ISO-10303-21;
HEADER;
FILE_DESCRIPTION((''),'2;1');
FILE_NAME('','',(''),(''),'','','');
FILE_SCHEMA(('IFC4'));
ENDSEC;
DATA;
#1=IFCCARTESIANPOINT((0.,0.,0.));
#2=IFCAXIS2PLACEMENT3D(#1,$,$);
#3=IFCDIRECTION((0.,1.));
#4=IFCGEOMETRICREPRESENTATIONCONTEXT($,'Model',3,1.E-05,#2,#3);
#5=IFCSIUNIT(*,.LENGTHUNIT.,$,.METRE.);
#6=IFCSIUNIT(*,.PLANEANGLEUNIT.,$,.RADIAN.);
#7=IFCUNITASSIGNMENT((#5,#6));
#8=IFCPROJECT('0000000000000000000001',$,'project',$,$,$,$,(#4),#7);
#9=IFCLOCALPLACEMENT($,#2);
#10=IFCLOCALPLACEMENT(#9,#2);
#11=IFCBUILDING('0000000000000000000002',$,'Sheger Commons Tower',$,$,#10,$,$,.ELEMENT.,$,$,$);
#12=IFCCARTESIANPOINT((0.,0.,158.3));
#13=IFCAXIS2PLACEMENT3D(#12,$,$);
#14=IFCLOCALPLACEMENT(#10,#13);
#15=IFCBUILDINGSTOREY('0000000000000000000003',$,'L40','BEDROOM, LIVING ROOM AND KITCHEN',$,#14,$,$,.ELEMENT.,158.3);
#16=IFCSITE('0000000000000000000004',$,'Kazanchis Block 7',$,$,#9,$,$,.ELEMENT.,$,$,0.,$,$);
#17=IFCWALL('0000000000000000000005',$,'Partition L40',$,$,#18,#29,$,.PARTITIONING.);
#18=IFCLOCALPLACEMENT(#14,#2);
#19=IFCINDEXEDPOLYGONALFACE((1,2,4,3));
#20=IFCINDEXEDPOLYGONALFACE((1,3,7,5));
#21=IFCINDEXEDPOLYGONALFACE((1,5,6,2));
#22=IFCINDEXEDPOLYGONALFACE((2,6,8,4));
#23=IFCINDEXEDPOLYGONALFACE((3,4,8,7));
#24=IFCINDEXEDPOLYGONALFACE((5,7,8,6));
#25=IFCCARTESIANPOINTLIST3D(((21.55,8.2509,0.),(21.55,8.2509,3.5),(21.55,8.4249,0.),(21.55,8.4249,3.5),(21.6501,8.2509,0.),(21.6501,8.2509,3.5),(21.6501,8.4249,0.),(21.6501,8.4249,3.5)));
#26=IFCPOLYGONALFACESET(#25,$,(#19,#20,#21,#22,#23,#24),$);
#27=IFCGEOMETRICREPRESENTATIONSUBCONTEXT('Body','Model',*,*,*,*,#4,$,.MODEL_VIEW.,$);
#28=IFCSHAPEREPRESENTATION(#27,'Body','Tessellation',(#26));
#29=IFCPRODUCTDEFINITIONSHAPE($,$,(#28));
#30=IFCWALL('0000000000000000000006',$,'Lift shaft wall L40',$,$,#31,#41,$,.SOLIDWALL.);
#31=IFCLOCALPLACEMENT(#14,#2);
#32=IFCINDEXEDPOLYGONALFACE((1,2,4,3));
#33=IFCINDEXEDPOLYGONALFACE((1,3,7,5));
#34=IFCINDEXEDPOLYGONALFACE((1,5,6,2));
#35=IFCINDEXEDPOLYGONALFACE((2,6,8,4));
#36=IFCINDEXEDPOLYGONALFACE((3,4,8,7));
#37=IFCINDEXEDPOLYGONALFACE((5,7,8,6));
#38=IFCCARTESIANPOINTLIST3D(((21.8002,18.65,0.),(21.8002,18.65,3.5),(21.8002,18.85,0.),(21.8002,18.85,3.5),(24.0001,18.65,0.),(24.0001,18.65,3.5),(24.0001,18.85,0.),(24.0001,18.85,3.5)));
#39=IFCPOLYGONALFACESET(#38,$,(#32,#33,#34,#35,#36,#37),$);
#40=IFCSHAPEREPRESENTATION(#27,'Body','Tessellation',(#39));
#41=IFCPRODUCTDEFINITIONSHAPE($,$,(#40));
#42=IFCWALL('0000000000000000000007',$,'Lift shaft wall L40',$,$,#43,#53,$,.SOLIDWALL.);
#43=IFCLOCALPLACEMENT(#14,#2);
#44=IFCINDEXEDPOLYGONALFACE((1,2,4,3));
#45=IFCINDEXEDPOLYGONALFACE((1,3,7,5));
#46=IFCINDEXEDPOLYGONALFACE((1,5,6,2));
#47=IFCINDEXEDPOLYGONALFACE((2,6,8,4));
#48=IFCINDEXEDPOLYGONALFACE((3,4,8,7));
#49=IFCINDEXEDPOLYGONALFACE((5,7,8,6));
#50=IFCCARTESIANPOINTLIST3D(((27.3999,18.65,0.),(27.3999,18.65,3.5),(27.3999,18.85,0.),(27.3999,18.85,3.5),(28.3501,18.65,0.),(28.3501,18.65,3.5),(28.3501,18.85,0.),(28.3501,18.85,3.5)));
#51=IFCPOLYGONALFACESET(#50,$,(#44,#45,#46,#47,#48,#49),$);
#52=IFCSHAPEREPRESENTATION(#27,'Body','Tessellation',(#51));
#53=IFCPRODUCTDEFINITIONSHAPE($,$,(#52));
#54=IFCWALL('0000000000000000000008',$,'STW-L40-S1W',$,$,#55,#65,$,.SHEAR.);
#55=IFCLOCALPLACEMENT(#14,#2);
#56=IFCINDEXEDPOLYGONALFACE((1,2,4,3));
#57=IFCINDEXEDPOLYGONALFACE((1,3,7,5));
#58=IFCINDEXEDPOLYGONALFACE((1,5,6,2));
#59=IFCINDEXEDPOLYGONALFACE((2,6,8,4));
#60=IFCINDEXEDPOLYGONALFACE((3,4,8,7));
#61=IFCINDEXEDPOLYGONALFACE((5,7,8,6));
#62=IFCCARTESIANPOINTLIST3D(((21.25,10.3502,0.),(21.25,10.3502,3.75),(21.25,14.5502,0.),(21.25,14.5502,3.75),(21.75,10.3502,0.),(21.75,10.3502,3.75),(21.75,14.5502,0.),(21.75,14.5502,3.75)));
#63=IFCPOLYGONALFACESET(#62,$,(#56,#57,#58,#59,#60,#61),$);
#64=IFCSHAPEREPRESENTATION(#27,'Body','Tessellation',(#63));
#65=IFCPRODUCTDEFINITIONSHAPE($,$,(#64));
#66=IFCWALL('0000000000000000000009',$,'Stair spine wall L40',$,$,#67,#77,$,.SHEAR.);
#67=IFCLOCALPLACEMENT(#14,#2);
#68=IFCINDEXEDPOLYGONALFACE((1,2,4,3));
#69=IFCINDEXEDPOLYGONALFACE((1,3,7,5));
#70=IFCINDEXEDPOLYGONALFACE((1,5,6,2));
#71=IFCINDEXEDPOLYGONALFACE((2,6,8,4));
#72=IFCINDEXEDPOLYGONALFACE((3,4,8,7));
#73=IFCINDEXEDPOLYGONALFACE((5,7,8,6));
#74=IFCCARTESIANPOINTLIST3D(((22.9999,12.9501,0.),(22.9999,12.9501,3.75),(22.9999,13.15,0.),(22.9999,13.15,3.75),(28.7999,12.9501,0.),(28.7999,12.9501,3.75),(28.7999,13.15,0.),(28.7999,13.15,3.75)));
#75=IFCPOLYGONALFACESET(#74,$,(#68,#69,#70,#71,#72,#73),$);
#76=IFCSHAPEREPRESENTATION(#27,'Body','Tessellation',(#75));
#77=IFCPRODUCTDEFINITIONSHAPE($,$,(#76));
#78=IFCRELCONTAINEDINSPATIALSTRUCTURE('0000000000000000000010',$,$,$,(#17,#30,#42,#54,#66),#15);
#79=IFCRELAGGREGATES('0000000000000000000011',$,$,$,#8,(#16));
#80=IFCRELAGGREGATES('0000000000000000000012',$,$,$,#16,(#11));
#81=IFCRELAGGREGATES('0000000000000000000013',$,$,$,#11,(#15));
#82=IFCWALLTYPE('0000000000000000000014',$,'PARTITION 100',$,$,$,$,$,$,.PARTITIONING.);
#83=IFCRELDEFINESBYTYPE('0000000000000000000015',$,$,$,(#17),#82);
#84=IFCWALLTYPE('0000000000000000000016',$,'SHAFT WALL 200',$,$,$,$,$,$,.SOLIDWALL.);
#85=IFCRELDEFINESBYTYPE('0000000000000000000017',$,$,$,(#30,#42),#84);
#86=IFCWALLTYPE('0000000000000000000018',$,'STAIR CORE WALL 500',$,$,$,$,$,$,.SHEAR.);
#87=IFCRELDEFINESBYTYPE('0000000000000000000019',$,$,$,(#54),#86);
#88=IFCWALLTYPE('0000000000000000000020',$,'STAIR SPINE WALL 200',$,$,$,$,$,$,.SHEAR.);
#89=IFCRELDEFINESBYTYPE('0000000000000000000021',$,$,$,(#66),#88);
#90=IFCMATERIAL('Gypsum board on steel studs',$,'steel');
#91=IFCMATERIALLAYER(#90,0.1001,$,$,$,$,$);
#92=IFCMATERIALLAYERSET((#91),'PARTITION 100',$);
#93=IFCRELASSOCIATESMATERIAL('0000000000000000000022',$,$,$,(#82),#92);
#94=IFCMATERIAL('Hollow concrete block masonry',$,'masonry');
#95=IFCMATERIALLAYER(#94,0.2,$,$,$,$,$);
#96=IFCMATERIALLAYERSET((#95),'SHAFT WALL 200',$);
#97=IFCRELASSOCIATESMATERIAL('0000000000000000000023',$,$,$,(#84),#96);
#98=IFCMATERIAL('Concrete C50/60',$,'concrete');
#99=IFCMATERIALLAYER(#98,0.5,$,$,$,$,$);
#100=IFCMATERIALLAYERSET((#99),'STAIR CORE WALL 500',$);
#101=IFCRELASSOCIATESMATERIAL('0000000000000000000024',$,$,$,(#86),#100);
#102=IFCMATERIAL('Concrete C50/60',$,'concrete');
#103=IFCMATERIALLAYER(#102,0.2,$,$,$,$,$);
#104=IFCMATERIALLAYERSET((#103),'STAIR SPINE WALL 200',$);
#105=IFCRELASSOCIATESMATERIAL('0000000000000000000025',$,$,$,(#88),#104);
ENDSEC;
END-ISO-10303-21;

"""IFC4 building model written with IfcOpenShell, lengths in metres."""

from ifc_helpers import new_model, si_unit, direction, frame, frame_2d, origin, place, context, subcontext, project, spatial, rectangle, extrude, material, layer, layer_set, type_object, element, save


model = new_model("IFC4")

# Units and contexts
model_context = context("Model", 3, precision=1e-05, world=origin(), true_north=direction((0.0, 1.0)))
body_context = subcontext(model_context, "Body", "Model", "MODEL_VIEW")
ifc_project = project(units=[si_unit("LENGTHUNIT", "METRE"), si_unit("PLANEANGLEUNIT", "RADIAN")], contexts=[model_context])

# Site, building, storey
site_placement = place(None, origin())
site = spatial("IfcSite", under=ifc_project, at=site_placement, Name="Kazanchis Block 7", CompositionType="ELEMENT", RefElevation=0.0)
building_placement = place(site_placement, origin())
building = spatial("IfcBuilding", under=site, at=building_placement, Name="Sheger Commons Tower", CompositionType="ELEMENT")
storey_placement = place(building_placement, frame((0.0, 0.0, 158.3)))
storey = spatial("IfcBuildingStorey", under=building, at=storey_placement, Name="L40", Description="BEDROOM, LIVING ROOM AND KITCHEN", CompositionType="ELEMENT", Elevation=158.3)

# Walls
ifc_material_1 = material(Name="Gypsum board on steel studs", Category="steel")
ifc_layer_1 = layer(ifc_material_1, 0.1001)
ifc_layer_set_1 = layer_set([ifc_layer_1], Name="PARTITION 100")
wall_type_1 = type_object("IfcWallType", Name="PARTITION 100", PredefinedType="PARTITIONING", material=ifc_layer_set_1)
wall_1_placement = place(storey_placement, frame((21.6001, 8.251, 0.0), z_axis=(0.0, 0.0, 1.0), x_axis=(0.0, 1.0, 0.0)))
element("IfcWall", 1, at=wall_1_placement, inside=storey, type_object=wall_type_1, Name="Partition L40", PredefinedType="PARTITIONING", context=body_context, shape_type="SweptSolid", body=[
    extrude(rectangle(XDim=0.1741, YDim=0.1001, at=frame_2d((0.0869, 0.0))), origin(), (0.0, 0.0, 1.0), 3.5),
])
ifc_material_2 = material(Name="Hollow concrete block masonry", Category="masonry")
ifc_layer_2 = layer(ifc_material_2, 0.2)
ifc_layer_set_2 = layer_set([ifc_layer_2], Name="SHAFT WALL 200")
wall_type_2 = type_object("IfcWallType", Name="SHAFT WALL 200", PredefinedType="SOLIDWALL", material=ifc_layer_set_2)
wall_2_placement = place(storey_placement, frame((21.8, 18.75, 0.0), z_axis=(0.0, 0.0, 1.0), x_axis=(1.0, 0.0, 0.0)))
element("IfcWall", 2, at=wall_2_placement, inside=storey, type_object=wall_type_2, Name="Lift shaft wall L40", PredefinedType="SOLIDWALL", context=body_context, shape_type="SweptSolid", body=[
    extrude(rectangle(XDim=2.2, YDim=0.2, at=frame_2d((1.1001, 0.0))), origin(), (0.0, 0.0, 1.0), 3.5),
])
wall_3_placement = place(storey_placement, frame((27.3999, 18.75, 0.0), z_axis=(0.0, 0.0, 1.0), x_axis=(1.0, 0.0, 0.0)))
element("IfcWall", 3, at=wall_3_placement, inside=storey, type_object=wall_type_2, Name="Lift shaft wall L40", PredefinedType="SOLIDWALL", context=body_context, shape_type="SweptSolid", body=[
    extrude(rectangle(XDim=0.9502, YDim=0.2, at=frame_2d((0.4751, 0.0))), origin(), (0.0, 0.0, 1.0), 3.5),
])
ifc_material_3 = material(Name="Concrete C50/60", Category="concrete")
ifc_layer_3 = layer(ifc_material_3, 0.5)
ifc_layer_set_3 = layer_set([ifc_layer_3], Name="STAIR CORE WALL 500")
wall_type_3 = type_object("IfcWallType", Name="STAIR CORE WALL 500", PredefinedType="SHEAR", material=ifc_layer_set_3)
wall_4_placement = place(storey_placement, frame((21.5, 10.3501, 0.0), z_axis=(0.0, 0.0, 1.0), x_axis=(0.0, 1.0, 0.0)))
element("IfcWall", 4, at=wall_4_placement, inside=storey, type_object=wall_type_3, Name="STW-L40-S1W", PredefinedType="SHEAR", context=body_context, shape_type="SweptSolid", body=[
    extrude(rectangle(XDim=4.2, YDim=0.5, at=frame_2d((2.1001, 0.0))), origin(), (0.0, 0.0, 1.0), 3.75),
])
ifc_material_4 = material(Name="Concrete C50/60", Category="concrete")
ifc_layer_4 = layer(ifc_material_4, 0.2)
ifc_layer_set_4 = layer_set([ifc_layer_4], Name="STAIR SPINE WALL 200")
wall_type_4 = type_object("IfcWallType", Name="STAIR SPINE WALL 200", PredefinedType="SHEAR", material=ifc_layer_set_4)
wall_5_placement = place(storey_placement, frame((23.0, 13.05, 0.0), z_axis=(0.0, 0.0, 1.0), x_axis=(1.0, 0.0, 0.0)))
element("IfcWall", 5, at=wall_5_placement, inside=storey, type_object=wall_type_4, Name="Stair spine wall L40", PredefinedType="SHEAR", context=body_context, shape_type="SweptSolid", body=[
    extrude(rectangle(XDim=5.8, YDim=0.2, at=frame_2d((2.8999, 0.0))), origin(), (0.0, 0.0, 1.0), 3.75),
])

save(model, "model.ifc")
